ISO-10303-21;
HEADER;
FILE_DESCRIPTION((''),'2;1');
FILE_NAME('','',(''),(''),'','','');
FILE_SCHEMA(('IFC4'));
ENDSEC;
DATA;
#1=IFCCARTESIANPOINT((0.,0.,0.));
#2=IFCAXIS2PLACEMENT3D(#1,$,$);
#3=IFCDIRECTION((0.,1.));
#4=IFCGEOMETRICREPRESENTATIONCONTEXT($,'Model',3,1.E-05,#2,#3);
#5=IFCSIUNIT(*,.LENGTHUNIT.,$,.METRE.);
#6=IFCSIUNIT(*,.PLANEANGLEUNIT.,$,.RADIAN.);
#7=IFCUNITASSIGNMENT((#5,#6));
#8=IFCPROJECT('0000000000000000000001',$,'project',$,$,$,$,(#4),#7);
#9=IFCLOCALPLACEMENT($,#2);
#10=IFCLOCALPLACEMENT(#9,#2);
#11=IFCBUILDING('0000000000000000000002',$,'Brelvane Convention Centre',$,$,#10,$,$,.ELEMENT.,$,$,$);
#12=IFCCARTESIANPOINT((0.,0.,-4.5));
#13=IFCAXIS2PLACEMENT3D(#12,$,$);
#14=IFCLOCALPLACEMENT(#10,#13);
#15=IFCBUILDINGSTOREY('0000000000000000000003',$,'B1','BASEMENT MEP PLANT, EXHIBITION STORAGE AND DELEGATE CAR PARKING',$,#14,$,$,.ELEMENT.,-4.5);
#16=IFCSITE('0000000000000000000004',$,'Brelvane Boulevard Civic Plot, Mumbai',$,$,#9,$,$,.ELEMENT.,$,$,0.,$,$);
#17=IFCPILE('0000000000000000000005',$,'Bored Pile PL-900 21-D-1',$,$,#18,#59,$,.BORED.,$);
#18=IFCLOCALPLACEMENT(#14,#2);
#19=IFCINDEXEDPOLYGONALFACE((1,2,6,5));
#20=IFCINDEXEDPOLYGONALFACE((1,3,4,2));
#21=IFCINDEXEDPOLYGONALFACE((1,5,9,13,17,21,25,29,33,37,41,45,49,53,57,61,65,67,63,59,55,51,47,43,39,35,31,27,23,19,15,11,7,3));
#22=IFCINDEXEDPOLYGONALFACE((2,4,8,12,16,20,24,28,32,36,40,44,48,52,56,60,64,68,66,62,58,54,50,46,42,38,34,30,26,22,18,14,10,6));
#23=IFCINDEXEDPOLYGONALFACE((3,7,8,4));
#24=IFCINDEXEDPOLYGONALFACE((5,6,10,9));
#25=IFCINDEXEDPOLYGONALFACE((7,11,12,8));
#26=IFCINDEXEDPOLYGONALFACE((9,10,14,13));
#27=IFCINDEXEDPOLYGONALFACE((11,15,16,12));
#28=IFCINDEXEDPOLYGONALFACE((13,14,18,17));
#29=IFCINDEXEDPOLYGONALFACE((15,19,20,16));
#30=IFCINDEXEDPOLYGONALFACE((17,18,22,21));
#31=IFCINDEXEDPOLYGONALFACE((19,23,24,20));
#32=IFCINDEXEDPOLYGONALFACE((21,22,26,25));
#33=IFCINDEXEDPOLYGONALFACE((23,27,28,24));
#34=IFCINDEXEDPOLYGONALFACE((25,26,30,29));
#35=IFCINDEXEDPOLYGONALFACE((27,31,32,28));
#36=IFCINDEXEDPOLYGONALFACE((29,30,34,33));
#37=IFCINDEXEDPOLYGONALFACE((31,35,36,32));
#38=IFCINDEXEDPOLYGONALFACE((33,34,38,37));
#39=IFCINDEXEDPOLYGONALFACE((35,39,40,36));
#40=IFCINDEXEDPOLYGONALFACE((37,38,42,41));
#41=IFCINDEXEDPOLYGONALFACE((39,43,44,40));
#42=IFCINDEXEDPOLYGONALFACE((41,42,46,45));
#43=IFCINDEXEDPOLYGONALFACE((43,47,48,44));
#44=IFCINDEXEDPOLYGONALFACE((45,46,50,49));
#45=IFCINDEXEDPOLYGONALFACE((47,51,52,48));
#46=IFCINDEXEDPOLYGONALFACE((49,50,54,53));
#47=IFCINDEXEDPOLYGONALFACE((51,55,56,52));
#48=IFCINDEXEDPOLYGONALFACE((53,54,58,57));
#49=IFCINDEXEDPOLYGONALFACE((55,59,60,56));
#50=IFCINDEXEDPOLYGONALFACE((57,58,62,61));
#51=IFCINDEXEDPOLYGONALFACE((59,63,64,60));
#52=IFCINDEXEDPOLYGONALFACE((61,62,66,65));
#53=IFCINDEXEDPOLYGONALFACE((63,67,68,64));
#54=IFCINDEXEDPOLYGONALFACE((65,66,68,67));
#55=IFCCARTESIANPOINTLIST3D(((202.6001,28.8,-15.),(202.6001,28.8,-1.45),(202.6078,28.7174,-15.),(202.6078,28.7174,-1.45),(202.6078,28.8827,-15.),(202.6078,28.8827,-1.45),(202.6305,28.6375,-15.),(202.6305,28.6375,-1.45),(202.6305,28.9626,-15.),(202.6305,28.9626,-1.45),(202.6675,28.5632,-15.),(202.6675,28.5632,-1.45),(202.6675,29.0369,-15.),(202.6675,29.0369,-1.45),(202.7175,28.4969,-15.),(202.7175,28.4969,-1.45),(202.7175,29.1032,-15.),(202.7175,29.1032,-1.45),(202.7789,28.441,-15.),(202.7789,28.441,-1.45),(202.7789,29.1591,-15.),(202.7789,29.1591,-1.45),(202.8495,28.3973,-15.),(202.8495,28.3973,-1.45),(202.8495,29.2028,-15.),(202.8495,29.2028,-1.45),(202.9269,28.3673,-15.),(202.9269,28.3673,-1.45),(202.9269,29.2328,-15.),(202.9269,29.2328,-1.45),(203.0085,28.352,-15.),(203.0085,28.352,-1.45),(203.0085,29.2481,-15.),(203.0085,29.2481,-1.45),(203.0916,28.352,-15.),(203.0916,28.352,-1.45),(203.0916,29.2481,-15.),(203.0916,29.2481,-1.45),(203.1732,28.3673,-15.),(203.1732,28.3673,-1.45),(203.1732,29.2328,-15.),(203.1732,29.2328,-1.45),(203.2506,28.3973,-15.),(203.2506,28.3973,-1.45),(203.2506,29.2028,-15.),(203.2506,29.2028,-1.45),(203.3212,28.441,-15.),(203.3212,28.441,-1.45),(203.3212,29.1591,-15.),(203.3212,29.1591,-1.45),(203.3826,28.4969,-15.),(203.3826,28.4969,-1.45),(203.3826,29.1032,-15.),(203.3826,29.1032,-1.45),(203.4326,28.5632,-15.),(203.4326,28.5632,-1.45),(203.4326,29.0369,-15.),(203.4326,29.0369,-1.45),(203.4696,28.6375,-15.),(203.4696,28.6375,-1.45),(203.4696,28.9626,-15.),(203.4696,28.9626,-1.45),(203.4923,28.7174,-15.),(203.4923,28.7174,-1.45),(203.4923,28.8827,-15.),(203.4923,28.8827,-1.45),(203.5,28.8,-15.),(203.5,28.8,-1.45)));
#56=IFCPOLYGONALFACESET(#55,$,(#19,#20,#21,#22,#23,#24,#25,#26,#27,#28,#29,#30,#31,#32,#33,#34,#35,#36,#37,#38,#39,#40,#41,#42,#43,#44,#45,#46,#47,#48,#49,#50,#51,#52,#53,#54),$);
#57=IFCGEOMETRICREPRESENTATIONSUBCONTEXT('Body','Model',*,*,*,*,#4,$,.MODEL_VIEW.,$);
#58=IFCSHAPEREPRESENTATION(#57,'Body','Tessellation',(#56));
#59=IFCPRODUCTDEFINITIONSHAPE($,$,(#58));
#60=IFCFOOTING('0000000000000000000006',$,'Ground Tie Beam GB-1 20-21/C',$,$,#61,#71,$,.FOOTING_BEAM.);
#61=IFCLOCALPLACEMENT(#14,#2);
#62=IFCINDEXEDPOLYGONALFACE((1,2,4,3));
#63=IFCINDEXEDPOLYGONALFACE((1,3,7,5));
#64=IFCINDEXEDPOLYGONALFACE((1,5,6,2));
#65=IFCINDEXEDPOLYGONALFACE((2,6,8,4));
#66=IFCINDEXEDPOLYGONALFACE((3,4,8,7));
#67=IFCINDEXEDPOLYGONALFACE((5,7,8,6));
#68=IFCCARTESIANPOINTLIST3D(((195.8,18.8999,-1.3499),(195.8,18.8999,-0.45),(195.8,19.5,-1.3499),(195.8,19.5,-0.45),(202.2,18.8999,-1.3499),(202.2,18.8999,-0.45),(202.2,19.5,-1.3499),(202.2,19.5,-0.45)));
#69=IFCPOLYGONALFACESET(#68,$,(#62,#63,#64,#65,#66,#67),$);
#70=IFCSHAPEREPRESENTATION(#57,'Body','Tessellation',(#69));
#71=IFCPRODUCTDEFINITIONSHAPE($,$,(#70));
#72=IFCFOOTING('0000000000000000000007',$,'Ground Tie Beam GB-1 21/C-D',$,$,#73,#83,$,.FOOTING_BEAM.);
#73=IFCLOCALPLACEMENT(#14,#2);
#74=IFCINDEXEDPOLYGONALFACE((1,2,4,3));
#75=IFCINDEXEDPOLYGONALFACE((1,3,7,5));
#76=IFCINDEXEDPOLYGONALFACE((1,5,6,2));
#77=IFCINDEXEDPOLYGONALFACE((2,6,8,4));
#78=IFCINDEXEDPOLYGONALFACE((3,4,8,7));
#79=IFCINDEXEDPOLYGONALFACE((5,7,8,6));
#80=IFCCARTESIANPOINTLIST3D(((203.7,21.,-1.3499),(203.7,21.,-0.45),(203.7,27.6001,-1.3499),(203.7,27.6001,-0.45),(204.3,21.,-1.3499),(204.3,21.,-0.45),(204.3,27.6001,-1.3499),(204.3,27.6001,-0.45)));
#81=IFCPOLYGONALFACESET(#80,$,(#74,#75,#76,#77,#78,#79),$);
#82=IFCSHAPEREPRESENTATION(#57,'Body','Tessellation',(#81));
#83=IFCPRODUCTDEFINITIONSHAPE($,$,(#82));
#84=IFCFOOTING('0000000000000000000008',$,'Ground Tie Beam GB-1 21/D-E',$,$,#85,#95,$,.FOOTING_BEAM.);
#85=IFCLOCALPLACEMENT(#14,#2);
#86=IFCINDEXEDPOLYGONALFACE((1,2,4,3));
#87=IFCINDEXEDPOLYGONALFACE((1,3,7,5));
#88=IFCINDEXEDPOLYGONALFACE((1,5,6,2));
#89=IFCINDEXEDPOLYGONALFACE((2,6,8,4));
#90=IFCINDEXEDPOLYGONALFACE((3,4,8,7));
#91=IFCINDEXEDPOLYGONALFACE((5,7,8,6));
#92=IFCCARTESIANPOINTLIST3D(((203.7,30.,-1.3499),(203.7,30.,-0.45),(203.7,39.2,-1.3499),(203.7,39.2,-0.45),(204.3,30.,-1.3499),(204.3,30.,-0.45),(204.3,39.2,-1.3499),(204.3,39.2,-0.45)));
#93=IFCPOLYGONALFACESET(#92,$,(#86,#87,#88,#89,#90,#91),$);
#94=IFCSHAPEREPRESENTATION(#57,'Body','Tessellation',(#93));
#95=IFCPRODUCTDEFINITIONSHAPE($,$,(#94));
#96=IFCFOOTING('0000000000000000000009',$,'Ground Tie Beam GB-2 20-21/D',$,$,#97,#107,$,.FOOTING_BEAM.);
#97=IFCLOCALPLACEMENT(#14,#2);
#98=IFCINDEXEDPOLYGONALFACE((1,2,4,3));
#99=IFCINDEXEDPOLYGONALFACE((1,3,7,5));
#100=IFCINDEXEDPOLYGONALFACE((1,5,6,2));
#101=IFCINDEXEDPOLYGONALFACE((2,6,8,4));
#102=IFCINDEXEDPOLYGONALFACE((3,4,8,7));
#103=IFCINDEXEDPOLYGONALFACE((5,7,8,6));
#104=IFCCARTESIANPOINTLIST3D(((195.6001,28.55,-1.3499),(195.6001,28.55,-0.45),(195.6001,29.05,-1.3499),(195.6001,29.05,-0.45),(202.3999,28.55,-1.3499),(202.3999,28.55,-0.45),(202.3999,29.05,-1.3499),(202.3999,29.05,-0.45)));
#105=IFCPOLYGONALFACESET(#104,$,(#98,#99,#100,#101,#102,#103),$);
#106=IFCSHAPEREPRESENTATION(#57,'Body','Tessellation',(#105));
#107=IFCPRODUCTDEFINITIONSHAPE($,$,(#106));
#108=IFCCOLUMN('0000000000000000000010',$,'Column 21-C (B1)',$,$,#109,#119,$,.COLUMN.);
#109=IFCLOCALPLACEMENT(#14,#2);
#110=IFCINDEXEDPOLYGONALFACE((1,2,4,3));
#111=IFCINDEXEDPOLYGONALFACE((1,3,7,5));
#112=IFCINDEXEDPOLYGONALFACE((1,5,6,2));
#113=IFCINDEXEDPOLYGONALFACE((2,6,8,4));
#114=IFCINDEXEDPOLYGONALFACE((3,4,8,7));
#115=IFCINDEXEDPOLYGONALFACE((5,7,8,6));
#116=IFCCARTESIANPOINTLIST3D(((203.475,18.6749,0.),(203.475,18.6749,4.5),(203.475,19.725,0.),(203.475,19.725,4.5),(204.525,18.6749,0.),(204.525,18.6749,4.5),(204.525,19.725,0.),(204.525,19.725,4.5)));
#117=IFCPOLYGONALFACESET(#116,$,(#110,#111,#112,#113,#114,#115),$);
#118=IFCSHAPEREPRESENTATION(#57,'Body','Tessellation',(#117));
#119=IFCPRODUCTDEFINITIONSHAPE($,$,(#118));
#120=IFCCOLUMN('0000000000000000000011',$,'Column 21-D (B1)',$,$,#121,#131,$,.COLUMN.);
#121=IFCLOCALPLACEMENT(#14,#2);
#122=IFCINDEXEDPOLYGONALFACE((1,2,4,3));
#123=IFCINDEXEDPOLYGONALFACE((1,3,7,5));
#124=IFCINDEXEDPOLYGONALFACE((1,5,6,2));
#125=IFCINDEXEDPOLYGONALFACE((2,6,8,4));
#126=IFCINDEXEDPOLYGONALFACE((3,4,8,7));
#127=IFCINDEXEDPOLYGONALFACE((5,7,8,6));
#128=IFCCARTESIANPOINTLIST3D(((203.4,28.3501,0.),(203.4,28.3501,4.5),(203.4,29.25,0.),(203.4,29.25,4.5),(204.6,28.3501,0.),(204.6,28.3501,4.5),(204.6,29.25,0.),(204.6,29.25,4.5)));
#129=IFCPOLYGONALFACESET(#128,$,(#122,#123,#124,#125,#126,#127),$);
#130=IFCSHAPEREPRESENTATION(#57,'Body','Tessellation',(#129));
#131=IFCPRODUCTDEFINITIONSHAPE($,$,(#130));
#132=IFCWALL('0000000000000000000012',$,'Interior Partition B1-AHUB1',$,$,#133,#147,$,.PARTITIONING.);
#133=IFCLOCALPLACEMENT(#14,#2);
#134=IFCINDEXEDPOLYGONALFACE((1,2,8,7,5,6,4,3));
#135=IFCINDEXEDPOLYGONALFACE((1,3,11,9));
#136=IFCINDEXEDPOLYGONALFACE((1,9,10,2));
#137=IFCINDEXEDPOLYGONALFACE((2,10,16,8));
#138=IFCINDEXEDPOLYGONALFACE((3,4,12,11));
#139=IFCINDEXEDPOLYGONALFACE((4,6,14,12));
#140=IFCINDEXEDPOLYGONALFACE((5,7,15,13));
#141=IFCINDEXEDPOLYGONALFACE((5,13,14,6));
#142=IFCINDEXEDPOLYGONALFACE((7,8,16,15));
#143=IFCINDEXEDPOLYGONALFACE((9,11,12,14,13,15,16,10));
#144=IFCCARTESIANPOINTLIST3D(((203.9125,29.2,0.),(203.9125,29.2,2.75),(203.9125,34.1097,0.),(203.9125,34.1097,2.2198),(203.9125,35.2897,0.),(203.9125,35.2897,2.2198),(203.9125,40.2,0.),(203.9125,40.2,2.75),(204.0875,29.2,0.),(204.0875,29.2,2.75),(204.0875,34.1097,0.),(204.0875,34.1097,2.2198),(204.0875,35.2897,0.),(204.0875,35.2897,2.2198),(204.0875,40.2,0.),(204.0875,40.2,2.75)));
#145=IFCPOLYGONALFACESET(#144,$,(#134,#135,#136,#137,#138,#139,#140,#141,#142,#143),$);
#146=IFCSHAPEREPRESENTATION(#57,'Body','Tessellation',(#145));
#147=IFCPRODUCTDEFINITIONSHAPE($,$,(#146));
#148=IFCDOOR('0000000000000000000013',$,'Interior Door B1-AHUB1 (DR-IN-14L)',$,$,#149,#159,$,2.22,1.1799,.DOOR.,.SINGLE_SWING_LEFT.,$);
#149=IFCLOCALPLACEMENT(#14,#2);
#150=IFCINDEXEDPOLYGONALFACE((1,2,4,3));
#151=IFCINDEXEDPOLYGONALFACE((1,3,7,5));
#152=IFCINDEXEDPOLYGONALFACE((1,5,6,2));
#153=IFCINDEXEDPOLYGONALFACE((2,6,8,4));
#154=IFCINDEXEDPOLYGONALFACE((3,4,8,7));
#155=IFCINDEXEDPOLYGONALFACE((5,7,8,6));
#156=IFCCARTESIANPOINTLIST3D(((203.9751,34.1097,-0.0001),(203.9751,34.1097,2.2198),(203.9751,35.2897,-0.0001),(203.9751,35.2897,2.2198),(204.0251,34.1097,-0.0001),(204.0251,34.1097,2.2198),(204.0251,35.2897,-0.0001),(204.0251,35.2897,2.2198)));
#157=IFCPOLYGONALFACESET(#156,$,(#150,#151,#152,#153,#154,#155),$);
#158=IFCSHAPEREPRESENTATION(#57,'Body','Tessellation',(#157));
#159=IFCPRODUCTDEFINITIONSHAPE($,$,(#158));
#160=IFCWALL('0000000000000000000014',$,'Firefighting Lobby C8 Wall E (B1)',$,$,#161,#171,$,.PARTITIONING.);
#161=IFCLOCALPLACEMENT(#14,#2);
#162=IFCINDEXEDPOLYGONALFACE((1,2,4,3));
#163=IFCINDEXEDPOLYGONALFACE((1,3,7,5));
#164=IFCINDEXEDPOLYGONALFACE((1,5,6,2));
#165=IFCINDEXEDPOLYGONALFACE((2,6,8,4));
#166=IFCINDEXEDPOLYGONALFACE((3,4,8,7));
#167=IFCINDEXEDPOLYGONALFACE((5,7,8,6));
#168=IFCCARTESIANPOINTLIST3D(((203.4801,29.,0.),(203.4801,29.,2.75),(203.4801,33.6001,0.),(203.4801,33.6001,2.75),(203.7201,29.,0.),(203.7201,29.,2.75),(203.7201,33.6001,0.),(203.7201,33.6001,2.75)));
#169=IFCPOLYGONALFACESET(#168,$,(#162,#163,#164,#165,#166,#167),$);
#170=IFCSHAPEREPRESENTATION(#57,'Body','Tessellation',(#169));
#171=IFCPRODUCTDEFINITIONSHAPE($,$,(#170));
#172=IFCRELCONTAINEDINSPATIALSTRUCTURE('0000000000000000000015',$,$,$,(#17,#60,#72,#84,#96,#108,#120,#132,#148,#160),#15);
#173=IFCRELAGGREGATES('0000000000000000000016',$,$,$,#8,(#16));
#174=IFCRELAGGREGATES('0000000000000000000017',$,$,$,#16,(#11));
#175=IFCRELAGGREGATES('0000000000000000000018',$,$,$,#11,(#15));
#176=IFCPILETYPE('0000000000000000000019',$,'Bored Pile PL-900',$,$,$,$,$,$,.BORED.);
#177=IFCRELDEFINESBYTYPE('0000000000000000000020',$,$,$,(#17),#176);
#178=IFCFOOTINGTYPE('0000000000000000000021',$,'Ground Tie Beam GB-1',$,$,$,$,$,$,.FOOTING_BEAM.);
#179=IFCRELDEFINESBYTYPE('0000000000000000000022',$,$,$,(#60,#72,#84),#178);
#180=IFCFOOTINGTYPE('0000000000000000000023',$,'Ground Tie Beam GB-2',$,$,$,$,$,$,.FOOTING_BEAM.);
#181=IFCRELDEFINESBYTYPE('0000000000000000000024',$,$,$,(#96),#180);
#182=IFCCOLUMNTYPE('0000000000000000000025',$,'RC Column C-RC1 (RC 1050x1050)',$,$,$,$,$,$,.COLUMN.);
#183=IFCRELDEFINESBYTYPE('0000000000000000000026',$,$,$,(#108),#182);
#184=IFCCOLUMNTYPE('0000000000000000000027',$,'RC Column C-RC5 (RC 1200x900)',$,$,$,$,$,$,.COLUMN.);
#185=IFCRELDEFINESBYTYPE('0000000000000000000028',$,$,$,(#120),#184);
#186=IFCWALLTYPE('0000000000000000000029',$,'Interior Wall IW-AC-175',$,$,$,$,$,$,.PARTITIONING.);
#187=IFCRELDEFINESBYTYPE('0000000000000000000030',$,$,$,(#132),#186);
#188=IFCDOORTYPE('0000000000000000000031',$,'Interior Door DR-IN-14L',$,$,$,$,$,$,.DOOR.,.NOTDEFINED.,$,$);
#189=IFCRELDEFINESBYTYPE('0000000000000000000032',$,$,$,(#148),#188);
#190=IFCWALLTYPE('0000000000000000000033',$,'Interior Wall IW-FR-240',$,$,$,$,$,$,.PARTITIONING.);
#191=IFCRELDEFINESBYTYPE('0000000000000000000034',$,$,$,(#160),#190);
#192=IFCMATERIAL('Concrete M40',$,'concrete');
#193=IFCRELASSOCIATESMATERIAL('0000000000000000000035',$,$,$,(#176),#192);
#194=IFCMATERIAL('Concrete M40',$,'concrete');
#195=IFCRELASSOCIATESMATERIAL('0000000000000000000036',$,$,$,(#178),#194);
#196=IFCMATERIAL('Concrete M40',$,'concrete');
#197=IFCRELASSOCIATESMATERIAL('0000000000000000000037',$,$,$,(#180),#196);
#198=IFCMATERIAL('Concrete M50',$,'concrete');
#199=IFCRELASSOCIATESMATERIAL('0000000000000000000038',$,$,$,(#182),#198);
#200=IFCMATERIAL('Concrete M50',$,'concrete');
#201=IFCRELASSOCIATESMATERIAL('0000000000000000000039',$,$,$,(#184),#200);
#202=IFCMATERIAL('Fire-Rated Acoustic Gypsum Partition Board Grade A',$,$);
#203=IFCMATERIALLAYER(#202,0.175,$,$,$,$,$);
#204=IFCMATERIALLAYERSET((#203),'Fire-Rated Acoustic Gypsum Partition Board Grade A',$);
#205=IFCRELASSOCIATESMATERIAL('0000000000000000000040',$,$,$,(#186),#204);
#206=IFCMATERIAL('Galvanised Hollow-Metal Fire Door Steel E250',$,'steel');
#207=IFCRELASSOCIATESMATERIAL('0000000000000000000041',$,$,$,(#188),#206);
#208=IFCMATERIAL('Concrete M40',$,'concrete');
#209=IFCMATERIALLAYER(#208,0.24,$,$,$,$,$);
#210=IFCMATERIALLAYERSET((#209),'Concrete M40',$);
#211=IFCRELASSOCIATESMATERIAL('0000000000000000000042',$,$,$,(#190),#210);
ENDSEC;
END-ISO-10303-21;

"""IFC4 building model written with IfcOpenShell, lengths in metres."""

from ifc_helpers import new_model, si_unit, direction, frame, frame_2d, origin, origin_2d, place, context, subcontext, project, spatial, rectangle, circle, extrude, material, layer, layer_set, material_profile, profile_set, type_object, element, fill, save


model = new_model("IFC4")

# Units and contexts
model_context = context("Model", 3, precision=1e-05, world=origin(), true_north=direction((0.0, 1.0)))
body_context = subcontext(model_context, "Body", "Model", "MODEL_VIEW")
ifc_project = project(units=[si_unit("LENGTHUNIT", "METRE"), si_unit("PLANEANGLEUNIT", "RADIAN")], contexts=[model_context])

# Site, building, storey
site_placement = place(None, origin())
site = spatial("IfcSite", under=ifc_project, at=site_placement, Name="Brelvane Boulevard Civic Plot, Mumbai", CompositionType="ELEMENT", RefElevation=0.0)
building_placement = place(site_placement, origin())
building = spatial("IfcBuilding", under=site, at=building_placement, Name="Brelvane Convention Centre", CompositionType="ELEMENT")
storey_placement = place(building_placement, frame((0.0, 0.0, -4.5)))
storey = spatial("IfcBuildingStorey", under=building, at=storey_placement, Name="B1", Description="BASEMENT MEP PLANT, EXHIBITION STORAGE AND DELEGATE CAR PARKING", CompositionType="ELEMENT", Elevation=-4.5)

# Pile
ifc_material_1 = material(Name="Concrete M40", Category="concrete")
ifc_material_profile_1 = material_profile(ifc_material_1, circle(Radius=0.45, at=origin_2d()), Name="PILE D900")
ifc_profile_set_1 = profile_set([ifc_material_profile_1], Name="Concrete M40")
pile_type = type_object("IfcPileType", Name="Bored Pile PL-900", PredefinedType="BORED", material=ifc_profile_set_1)
pile_placement = place(storey_placement, frame((203.05, 28.8, -1.45), z_axis=(0.0, 0.0, -1.0), x_axis=(1.0, 0.0, 0.0)))
element("IfcPile", 1, at=pile_placement, inside=storey, type_object=pile_type, Name="Bored Pile PL-900 21-D-1", PredefinedType="BORED", context=body_context, shape_type="SweptSolid", body=[
    extrude(circle(Radius=0.45, at=origin_2d()), origin(), (0.0, 0.0, 1.0), 13.55),
])

# Footings
ifc_material_2 = material(Name="Concrete M40", Category="concrete")
ifc_material_profile_2 = material_profile(ifc_material_2, rectangle(XDim=0.6001, YDim=0.8999, at=origin_2d()), Name="RC 600x900")
ifc_profile_set_2 = profile_set([ifc_material_profile_2], Name="Concrete M40")
footing_type_1 = type_object("IfcFootingType", Name="Ground Tie Beam GB-1", PredefinedType="FOOTING_BEAM", material=ifc_profile_set_2)
footing_1_placement = place(storey_placement, frame((195.8, 19.2, -0.8999), z_axis=(1.0, 0.0, 0.0), x_axis=(0.0, 1.0, 0.0)))
element("IfcFooting", 2, at=footing_1_placement, inside=storey, type_object=footing_type_1, Name="Ground Tie Beam GB-1 20-21/C", PredefinedType="FOOTING_BEAM", context=body_context, shape_type="SweptSolid", body=[
    extrude(rectangle(XDim=0.6001, YDim=0.8999, at=origin_2d()), origin(), (0.0, 0.0, 1.0), 6.3999),
])
footing_2_placement = place(storey_placement, frame((204.0, 21.0, -0.8999), z_axis=(0.0, 1.0, 0.0), x_axis=(-1.0, 0.0, 0.0)))
element("IfcFooting", 3, at=footing_2_placement, inside=storey, type_object=footing_type_1, Name="Ground Tie Beam GB-1 21/C-D", PredefinedType="FOOTING_BEAM", context=body_context, shape_type="SweptSolid", body=[
    extrude(rectangle(XDim=0.6001, YDim=0.8999, at=origin_2d()), origin(), (0.0, 0.0, 1.0), 6.6001),
])
footing_3_placement = place(storey_placement, frame((204.0, 30.0, -0.8999), z_axis=(0.0, 1.0, 0.0), x_axis=(-1.0, 0.0, 0.0)))
element("IfcFooting", 4, at=footing_3_placement, inside=storey, type_object=footing_type_1, Name="Ground Tie Beam GB-1 21/D-E", PredefinedType="FOOTING_BEAM", context=body_context, shape_type="SweptSolid", body=[
    extrude(rectangle(XDim=0.6001, YDim=0.8999, at=origin_2d()), origin(), (0.0, 0.0, 1.0), 9.2),
])
ifc_material_3 = material(Name="Concrete M40", Category="concrete")
ifc_material_profile_3 = material_profile(ifc_material_3, rectangle(XDim=0.5, YDim=0.8999, at=origin_2d()), Name="RC 500x900")
ifc_profile_set_3 = profile_set([ifc_material_profile_3], Name="Concrete M40")
footing_type_2 = type_object("IfcFootingType", Name="Ground Tie Beam GB-2", PredefinedType="FOOTING_BEAM", material=ifc_profile_set_3)
footing_4_placement = place(storey_placement, frame((195.6001, 28.8, -0.8999), z_axis=(1.0, 0.0, 0.0), x_axis=(0.0, 1.0, 0.0)))
element("IfcFooting", 5, at=footing_4_placement, inside=storey, type_object=footing_type_2, Name="Ground Tie Beam GB-2 20-21/D", PredefinedType="FOOTING_BEAM", context=body_context, shape_type="SweptSolid", body=[
    extrude(rectangle(XDim=0.5, YDim=0.8999, at=origin_2d()), origin(), (0.0, 0.0, 1.0), 6.7998),
])

# Columns
ifc_material_4 = material(Name="Concrete M50", Category="concrete")
ifc_material_profile_4 = material_profile(ifc_material_4, rectangle(XDim=1.05, YDim=1.05, at=origin_2d()), Name="RC 1050x1050")
ifc_profile_set_4 = profile_set([ifc_material_profile_4], Name="Concrete M50")
column_type_1 = type_object("IfcColumnType", Name="RC Column C-RC1 (RC 1050x1050)", PredefinedType="COLUMN", material=ifc_profile_set_4)
column_1_placement = place(storey_placement, frame((204.0, 19.2, 0.0), z_axis=(0.0, 0.0, 1.0), x_axis=(1.0, 0.0, 0.0)))
element("IfcColumn", 6, at=column_1_placement, inside=storey, type_object=column_type_1, Name="Column 21-C (B1)", PredefinedType="COLUMN", context=body_context, shape_type="SweptSolid", body=[
    extrude(rectangle(XDim=1.05, YDim=1.05, at=origin_2d()), origin(), (0.0, 0.0, 1.0), 4.5),
])
ifc_material_5 = material(Name="Concrete M50", Category="concrete")
ifc_material_profile_5 = material_profile(ifc_material_5, rectangle(XDim=1.2, YDim=0.8999, at=origin_2d()), Name="RC 1200x900")
ifc_profile_set_5 = profile_set([ifc_material_profile_5], Name="Concrete M50")
column_type_2 = type_object("IfcColumnType", Name="RC Column C-RC5 (RC 1200x900)", PredefinedType="COLUMN", material=ifc_profile_set_5)
column_2_placement = place(storey_placement, frame((204.0, 28.8, 0.0), z_axis=(0.0, 0.0, 1.0), x_axis=(1.0, 0.0, 0.0)))
element("IfcColumn", 7, at=column_2_placement, inside=storey, type_object=column_type_2, Name="Column 21-D (B1)", PredefinedType="COLUMN", context=body_context, shape_type="SweptSolid", body=[
    extrude(rectangle(XDim=1.2, YDim=0.8999, at=origin_2d()), origin(), (0.0, 0.0, 1.0), 4.5),
])

# Wall, opening, door
ifc_material_6 = material(Name="Fire-Rated Acoustic Gypsum Partition Board Grade A")
ifc_layer_1 = layer(ifc_material_6, 0.175)
ifc_layer_set_1 = layer_set([ifc_layer_1], Name="Fire-Rated Acoustic Gypsum Partition Board Grade A")
wall_type_1 = type_object("IfcWallType", Name="Interior Wall IW-AC-175", PredefinedType="PARTITIONING", material=ifc_layer_set_1)
wall_1_placement = place(storey_placement, frame((204.0, 29.2, 0.0), z_axis=(0.0, 0.0, 1.0), x_axis=(0.0, 1.0, 0.0)))
wall_1 = element("IfcWall", 8, at=wall_1_placement, inside=storey, type_object=wall_type_1, Name="Interior Partition B1-AHUB1", PredefinedType="PARTITIONING", context=body_context, shape_type="SweptSolid", body=[
    extrude(rectangle(XDim=11.0, YDim=0.175, at=frame_2d((5.5, 0.0))), origin(), (0.0, 0.0, 1.0), 2.75),
])
opening_placement = place(wall_1_placement, frame((4.9099, 0.0, 0.0)))
opening = element("IfcOpeningElement", 9, at=opening_placement, cuts=wall_1, PredefinedType="OPENING", context=body_context, shape_type="SweptSolid", body=[
    extrude(rectangle(XDim=1.1799, YDim=2.22, at=frame_2d((0.5898, 1.1099))), frame((0.0, 0.0974, 0.0), z_axis=(0.0, -1.0, 0.0), x_axis=(1.0, 0.0, 0.0)), (0.0, 0.0, 1.0), 0.1951),
])
ifc_material_7 = material(Name="Galvanised Hollow-Metal Fire Door Steel E250", Category="steel")
door_type = type_object("IfcDoorType", Name="Interior Door DR-IN-14L", OperationType="NOTDEFINED", PredefinedType="DOOR", material=ifc_material_7)
door_placement = place(opening_placement, origin())
door = element("IfcDoor", 10, at=door_placement, inside=storey, type_object=door_type, Name="Interior Door B1-AHUB1 (DR-IN-14L)", OperationType="SINGLE_SWING_LEFT", OverallHeight=2.22, OverallWidth=1.1799, PredefinedType="DOOR", context=body_context, shape_type="SweptSolid", body=[
    extrude(rectangle(XDim=1.1799, YDim=2.22, at=frame_2d((0.5898, 1.1099))), frame((0.0, 0.0249, 0.0), z_axis=(0.0, -1.0, 0.0), x_axis=(1.0, 0.0, 0.0)), (0.0, 0.0, 1.0), 0.05),
])
fill(opening, door)

# Wall
ifc_material_8 = material(Name="Concrete M40", Category="concrete")
ifc_layer_2 = layer(ifc_material_8, 0.24)
ifc_layer_set_2 = layer_set([ifc_layer_2], Name="Concrete M40")
wall_type_2 = type_object("IfcWallType", Name="Interior Wall IW-FR-240", PredefinedType="PARTITIONING", material=ifc_layer_set_2)
wall_2_placement = place(storey_placement, frame((203.6001, 29.0, 0.0), z_axis=(0.0, 0.0, 1.0), x_axis=(0.0, 1.0, 0.0)))
element("IfcWall", 11, at=wall_2_placement, inside=storey, type_object=wall_type_2, Name="Firefighting Lobby C8 Wall E (B1)", PredefinedType="PARTITIONING", context=body_context, shape_type="SweptSolid", body=[
    extrude(rectangle(XDim=4.6001, YDim=0.24, at=frame_2d((2.3, 0.0))), origin(), (0.0, 0.0, 1.0), 2.75),
])

save(model, "model.ifc")
